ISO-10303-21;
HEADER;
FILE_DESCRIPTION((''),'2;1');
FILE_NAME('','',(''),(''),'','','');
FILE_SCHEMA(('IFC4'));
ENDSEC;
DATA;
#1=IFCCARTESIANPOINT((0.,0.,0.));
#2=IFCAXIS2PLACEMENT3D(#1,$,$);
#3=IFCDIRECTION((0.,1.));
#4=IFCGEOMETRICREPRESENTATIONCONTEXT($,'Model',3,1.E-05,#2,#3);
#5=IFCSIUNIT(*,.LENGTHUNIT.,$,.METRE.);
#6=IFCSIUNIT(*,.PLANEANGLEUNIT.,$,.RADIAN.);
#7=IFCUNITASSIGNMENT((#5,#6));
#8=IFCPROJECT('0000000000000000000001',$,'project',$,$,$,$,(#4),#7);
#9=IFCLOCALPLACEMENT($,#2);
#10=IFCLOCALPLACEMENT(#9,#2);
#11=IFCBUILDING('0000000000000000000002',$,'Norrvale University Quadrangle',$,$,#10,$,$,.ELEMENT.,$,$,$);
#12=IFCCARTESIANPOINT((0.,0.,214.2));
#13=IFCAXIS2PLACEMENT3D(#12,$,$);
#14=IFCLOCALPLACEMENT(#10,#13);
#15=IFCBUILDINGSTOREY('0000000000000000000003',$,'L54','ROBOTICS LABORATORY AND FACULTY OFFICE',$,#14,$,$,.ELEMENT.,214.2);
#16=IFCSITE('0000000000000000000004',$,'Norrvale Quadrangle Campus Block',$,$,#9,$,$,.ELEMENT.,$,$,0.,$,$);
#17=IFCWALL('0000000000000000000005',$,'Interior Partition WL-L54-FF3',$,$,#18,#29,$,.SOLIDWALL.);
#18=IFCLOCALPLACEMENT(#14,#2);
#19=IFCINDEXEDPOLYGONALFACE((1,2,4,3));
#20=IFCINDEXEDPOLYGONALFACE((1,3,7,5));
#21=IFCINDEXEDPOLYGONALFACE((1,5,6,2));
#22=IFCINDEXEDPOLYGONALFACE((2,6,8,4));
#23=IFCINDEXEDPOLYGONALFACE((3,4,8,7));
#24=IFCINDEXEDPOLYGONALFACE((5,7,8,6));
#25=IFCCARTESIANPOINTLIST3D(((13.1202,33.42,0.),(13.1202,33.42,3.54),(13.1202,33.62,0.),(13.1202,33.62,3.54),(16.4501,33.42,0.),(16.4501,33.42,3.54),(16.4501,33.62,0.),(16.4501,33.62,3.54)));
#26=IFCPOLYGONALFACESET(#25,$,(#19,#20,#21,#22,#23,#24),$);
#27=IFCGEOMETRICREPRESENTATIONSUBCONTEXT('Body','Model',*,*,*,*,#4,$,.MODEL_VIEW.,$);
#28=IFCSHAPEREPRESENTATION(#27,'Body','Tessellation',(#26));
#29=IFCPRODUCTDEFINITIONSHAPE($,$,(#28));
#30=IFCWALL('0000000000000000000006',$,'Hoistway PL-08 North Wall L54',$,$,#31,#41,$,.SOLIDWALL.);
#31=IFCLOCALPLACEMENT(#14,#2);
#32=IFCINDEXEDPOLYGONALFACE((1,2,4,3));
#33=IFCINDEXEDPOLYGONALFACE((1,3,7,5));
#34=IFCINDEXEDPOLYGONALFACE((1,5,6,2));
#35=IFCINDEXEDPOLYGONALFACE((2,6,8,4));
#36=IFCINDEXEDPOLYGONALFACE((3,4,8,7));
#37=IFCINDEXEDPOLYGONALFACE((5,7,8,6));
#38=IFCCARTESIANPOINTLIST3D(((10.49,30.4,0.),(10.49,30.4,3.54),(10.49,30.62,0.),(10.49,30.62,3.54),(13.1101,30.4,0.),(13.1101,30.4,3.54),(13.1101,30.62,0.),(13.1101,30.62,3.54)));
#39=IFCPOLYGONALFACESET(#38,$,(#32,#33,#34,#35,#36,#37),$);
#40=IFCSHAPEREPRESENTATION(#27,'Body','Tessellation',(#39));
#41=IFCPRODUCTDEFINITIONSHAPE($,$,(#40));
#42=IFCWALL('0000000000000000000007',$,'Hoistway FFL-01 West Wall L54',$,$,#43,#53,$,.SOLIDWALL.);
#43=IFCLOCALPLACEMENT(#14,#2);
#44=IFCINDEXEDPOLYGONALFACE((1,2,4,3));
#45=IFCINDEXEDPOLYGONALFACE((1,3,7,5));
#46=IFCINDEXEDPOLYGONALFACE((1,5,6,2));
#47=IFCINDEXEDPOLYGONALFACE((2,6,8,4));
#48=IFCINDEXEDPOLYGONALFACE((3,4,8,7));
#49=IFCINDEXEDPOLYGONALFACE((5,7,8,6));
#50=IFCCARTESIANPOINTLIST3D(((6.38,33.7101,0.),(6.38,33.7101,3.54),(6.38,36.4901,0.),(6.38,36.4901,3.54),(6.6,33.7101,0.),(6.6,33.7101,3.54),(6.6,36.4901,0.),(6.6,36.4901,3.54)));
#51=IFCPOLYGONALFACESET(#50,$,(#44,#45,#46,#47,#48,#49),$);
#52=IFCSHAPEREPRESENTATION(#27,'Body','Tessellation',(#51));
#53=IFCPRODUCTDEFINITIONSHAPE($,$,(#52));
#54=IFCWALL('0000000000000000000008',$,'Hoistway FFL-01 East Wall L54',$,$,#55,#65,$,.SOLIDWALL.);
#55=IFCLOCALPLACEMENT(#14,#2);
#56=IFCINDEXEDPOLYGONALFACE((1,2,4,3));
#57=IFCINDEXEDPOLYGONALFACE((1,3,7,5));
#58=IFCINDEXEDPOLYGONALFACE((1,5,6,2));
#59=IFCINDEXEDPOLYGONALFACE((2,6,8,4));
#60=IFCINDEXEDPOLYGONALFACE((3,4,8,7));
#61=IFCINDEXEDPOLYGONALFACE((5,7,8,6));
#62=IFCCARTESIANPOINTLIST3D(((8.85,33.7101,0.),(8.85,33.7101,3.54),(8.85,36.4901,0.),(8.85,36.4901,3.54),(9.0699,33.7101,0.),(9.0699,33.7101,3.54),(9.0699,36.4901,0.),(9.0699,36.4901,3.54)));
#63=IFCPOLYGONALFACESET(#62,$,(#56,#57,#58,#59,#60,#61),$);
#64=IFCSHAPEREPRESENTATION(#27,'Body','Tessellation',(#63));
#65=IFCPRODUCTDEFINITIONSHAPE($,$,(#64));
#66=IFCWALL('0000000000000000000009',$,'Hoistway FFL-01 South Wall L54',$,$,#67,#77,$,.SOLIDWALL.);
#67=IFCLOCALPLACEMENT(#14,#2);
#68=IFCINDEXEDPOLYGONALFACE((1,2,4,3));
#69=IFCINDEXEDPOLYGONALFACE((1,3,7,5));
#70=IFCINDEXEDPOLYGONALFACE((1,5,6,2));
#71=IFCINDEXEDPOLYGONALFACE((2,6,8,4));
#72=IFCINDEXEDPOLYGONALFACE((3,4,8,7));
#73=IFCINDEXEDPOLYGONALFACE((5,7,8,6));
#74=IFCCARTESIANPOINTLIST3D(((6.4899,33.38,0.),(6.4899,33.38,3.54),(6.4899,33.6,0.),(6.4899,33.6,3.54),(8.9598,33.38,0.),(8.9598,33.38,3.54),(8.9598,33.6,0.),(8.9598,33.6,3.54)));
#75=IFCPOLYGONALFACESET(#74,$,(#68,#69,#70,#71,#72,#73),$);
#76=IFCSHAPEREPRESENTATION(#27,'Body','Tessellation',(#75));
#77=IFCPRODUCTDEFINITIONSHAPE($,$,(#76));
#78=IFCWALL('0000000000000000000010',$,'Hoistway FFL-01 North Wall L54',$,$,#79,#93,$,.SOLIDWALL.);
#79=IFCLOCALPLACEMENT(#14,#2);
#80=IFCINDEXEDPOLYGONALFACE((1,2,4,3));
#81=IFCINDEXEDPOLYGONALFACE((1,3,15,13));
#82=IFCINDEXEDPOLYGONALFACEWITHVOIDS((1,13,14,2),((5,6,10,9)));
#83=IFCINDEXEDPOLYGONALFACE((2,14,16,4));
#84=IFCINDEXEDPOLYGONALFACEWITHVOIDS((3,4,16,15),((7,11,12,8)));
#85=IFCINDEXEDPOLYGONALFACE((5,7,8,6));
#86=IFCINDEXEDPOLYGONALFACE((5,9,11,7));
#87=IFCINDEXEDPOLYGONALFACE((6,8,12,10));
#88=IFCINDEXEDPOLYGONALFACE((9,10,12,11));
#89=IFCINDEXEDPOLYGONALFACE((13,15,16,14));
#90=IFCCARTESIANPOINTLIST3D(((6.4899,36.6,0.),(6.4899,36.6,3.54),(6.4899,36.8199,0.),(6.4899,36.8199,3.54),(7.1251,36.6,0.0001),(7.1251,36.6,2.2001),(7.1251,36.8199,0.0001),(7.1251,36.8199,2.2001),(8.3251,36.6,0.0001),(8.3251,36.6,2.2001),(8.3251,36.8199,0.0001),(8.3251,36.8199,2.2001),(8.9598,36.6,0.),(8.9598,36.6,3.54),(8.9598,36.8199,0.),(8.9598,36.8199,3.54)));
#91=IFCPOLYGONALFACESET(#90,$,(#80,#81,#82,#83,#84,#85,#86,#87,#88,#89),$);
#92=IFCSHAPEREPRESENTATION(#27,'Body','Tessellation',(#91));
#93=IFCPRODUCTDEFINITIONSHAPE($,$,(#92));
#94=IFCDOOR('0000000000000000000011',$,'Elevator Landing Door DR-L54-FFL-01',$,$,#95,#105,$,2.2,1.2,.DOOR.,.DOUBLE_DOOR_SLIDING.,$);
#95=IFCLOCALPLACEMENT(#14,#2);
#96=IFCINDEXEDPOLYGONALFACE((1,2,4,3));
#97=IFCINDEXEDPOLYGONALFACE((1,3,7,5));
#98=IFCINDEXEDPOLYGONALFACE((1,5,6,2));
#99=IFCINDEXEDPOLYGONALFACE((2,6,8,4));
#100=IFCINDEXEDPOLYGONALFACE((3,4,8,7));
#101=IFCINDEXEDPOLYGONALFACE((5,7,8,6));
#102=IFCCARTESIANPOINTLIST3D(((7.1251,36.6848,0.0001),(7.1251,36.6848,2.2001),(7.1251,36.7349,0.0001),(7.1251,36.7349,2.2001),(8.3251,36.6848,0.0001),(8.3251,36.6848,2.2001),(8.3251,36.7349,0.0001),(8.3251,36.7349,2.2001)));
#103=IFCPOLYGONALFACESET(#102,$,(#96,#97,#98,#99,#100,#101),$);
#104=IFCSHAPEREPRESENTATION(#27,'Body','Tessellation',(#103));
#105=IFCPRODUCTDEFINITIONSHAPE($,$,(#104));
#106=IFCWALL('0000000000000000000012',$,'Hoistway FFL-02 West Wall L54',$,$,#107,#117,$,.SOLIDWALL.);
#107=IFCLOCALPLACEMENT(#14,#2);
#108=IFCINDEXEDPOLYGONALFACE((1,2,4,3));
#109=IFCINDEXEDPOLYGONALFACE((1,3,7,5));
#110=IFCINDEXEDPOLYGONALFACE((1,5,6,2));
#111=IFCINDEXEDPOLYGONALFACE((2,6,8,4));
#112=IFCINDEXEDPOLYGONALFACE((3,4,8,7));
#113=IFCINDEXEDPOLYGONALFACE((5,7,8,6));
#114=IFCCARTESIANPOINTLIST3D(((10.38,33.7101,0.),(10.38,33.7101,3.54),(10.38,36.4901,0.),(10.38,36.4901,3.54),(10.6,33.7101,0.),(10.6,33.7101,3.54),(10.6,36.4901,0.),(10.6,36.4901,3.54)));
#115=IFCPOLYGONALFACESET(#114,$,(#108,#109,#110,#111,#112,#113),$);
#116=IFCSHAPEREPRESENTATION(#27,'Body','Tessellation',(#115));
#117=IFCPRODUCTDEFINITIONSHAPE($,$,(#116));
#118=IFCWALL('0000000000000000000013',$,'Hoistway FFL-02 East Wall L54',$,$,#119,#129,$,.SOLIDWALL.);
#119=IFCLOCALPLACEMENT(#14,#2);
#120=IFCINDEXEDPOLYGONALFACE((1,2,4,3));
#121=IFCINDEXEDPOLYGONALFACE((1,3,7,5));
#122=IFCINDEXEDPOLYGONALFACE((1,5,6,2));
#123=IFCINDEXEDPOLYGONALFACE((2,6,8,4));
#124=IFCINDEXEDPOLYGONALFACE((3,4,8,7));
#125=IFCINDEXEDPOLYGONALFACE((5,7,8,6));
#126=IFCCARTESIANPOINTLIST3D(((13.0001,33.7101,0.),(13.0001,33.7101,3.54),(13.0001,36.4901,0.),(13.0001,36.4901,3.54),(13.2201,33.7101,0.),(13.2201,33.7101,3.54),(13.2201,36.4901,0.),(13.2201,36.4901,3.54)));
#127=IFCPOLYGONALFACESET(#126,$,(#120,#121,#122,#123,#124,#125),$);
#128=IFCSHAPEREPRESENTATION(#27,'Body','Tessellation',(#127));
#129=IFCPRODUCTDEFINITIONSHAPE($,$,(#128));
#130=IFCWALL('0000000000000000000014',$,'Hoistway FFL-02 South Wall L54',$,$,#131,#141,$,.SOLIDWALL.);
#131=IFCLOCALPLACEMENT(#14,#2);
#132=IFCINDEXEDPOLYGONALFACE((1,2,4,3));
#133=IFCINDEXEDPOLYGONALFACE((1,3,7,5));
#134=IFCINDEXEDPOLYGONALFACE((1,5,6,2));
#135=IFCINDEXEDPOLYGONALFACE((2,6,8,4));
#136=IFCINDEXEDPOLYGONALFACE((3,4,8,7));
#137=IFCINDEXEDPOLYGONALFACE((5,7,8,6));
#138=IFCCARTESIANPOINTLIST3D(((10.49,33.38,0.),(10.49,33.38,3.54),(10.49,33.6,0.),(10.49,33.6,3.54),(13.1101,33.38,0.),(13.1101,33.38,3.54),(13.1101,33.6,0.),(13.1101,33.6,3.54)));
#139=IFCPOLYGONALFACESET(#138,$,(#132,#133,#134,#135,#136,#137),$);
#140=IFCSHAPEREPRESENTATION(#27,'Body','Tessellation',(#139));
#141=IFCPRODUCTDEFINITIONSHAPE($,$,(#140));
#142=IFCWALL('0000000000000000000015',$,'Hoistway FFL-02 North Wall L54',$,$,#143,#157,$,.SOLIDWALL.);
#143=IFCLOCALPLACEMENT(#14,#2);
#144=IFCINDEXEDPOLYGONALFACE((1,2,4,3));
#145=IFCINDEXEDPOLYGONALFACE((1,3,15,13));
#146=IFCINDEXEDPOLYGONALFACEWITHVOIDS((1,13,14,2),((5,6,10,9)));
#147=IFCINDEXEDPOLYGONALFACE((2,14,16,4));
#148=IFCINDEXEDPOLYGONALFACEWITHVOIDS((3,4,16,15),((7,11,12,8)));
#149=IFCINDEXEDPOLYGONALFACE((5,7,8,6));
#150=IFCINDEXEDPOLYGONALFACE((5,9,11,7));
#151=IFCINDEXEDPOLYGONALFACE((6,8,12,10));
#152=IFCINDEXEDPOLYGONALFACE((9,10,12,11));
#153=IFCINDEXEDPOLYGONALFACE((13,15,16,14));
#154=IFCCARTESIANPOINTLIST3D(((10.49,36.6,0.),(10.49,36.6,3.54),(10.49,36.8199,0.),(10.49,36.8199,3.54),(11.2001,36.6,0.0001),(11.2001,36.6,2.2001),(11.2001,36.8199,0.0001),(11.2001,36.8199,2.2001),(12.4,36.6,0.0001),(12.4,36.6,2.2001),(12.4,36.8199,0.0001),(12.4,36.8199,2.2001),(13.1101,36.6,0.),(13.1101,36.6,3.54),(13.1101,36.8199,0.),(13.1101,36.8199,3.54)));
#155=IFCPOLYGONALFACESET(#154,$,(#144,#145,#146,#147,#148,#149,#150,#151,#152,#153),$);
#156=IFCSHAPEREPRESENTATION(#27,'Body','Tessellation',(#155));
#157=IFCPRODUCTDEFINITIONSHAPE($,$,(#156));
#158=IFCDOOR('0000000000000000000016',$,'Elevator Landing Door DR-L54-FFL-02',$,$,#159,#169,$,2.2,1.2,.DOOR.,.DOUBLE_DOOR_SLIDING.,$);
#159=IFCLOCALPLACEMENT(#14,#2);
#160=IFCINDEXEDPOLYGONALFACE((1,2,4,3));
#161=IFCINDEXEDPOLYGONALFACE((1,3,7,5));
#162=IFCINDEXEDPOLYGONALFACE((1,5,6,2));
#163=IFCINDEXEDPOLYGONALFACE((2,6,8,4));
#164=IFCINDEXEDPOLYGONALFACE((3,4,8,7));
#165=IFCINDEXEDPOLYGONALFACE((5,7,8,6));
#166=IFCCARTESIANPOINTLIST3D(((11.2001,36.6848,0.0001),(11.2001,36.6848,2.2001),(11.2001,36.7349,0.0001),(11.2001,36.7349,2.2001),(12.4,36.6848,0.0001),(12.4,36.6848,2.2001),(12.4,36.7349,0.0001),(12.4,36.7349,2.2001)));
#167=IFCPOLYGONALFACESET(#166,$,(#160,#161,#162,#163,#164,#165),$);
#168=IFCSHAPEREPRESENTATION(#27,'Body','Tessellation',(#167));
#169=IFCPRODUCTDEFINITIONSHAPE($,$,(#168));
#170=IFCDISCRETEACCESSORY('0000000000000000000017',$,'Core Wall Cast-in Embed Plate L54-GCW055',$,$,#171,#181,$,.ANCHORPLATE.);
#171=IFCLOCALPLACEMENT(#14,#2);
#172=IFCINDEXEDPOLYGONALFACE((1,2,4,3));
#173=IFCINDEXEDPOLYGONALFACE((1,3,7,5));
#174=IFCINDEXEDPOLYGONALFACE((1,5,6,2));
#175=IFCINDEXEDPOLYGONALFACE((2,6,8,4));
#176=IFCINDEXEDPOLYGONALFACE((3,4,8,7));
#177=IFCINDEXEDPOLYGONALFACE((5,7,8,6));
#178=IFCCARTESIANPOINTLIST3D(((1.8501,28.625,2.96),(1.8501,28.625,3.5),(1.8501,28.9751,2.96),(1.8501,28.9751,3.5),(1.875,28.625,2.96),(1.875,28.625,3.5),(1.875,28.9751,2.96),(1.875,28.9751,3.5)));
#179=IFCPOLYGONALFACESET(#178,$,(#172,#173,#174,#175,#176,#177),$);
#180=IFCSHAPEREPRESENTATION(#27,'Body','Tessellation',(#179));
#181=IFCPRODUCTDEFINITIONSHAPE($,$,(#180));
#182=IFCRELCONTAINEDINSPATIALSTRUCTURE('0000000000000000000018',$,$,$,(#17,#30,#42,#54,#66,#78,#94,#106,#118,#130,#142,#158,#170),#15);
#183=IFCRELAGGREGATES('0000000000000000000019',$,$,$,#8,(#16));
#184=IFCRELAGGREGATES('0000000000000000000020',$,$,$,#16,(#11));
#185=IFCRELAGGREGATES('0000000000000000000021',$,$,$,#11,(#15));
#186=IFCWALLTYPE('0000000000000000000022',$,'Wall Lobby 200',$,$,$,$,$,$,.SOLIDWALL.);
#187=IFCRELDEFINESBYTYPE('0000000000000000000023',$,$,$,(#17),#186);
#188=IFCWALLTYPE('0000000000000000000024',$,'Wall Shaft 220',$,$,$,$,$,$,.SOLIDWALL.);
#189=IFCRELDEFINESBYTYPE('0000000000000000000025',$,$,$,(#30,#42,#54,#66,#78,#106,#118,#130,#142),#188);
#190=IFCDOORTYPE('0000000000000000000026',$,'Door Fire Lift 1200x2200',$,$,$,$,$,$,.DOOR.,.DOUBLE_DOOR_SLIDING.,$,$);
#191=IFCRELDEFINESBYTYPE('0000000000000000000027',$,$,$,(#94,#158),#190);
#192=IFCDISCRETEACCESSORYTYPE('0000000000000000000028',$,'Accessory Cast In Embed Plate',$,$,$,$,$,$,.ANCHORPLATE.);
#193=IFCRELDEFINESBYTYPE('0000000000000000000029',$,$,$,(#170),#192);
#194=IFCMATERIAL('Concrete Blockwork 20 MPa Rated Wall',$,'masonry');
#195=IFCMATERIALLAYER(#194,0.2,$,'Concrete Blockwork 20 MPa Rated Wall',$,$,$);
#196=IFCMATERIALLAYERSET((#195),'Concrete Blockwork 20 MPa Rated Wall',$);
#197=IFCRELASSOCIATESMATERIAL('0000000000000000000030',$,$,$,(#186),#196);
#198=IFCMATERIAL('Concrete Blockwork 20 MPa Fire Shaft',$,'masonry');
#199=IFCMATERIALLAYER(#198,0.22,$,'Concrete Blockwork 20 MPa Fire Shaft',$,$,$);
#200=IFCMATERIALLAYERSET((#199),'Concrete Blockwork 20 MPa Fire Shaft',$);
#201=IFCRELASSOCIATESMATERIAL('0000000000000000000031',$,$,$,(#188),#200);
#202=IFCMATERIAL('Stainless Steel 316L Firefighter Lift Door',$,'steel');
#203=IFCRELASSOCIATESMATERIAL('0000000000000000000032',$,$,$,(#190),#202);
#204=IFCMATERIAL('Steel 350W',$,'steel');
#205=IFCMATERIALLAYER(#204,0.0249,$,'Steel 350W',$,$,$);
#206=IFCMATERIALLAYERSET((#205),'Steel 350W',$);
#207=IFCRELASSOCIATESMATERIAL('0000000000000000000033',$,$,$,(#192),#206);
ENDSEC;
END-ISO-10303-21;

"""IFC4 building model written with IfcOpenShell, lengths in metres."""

from ifc_helpers import new_model, si_unit, direction, frame, frame_2d, origin, origin_2d, place, context, subcontext, project, spatial, rectangle, extrude, material, layer, layer_set, type_object, element, fill, save


model = new_model("IFC4")

# Units and contexts
model_context = context("Model", 3, precision=1e-05, world=origin(), true_north=direction((0.0, 1.0)))
body_context = subcontext(model_context, "Body", "Model", "MODEL_VIEW")
ifc_project = project(units=[si_unit("LENGTHUNIT", "METRE"), si_unit("PLANEANGLEUNIT", "RADIAN")], contexts=[model_context])

# Site, building, storey
site_placement = place(None, origin())
site = spatial("IfcSite", under=ifc_project, at=site_placement, Name="Norrvale Quadrangle Campus Block", CompositionType="ELEMENT", RefElevation=0.0)
building_placement = place(site_placement, origin())
building = spatial("IfcBuilding", under=site, at=building_placement, Name="Norrvale University Quadrangle", CompositionType="ELEMENT")
storey_placement = place(building_placement, frame((0.0, 0.0, 214.2)))
storey = spatial("IfcBuildingStorey", under=building, at=storey_placement, Name="L54", Description="ROBOTICS LABORATORY AND FACULTY OFFICE", CompositionType="ELEMENT", Elevation=214.2)

# Shared definitions
ifc_material_1 = material(Name="Steel 350W", Category="steel")

# Walls
ifc_material_2 = material(Name="Concrete Blockwork 20 MPa Rated Wall", Category="masonry")
ifc_layer_1 = layer(ifc_material_2, 0.2, Name="Concrete Blockwork 20 MPa Rated Wall")
ifc_layer_set_1 = layer_set([ifc_layer_1], Name="Concrete Blockwork 20 MPa Rated Wall")
wall_type_1 = type_object("IfcWallType", Name="Wall Lobby 200", PredefinedType="SOLIDWALL", material=ifc_layer_set_1)
wall_1_placement = place(storey_placement, frame((13.1201, 33.52, 0.0), z_axis=(0.0, 0.0, 1.0), x_axis=(1.0, 0.0, 0.0)))
element("IfcWall", 1, at=wall_1_placement, inside=storey, type_object=wall_type_1, Name="Interior Partition WL-L54-FF3", PredefinedType="SOLIDWALL", context=body_context, shape_type="SweptSolid", body=[
    extrude(rectangle(XDim=3.3298, YDim=0.2, at=frame_2d((1.665, 0.0))), origin(), (0.0, 0.0, 1.0), 3.54),
])
ifc_material_3 = material(Name="Concrete Blockwork 20 MPa Fire Shaft", Category="masonry")
ifc_layer_2 = layer(ifc_material_3, 0.22, Name="Concrete Blockwork 20 MPa Fire Shaft")
ifc_layer_set_2 = layer_set([ifc_layer_2], Name="Concrete Blockwork 20 MPa Fire Shaft")
wall_type_2 = type_object("IfcWallType", Name="Wall Shaft 220", PredefinedType="SOLIDWALL", material=ifc_layer_set_2)
wall_2_placement = place(storey_placement, frame((10.49, 30.51, 0.0), z_axis=(0.0, 0.0, 1.0), x_axis=(1.0, 0.0, 0.0)))
element("IfcWall", 2, at=wall_2_placement, inside=storey, type_object=wall_type_2, Name="Hoistway PL-08 North Wall L54", PredefinedType="SOLIDWALL", context=body_context, shape_type="SweptSolid", body=[
    extrude(rectangle(XDim=2.6201, YDim=0.22, at=frame_2d((1.3101, 0.0))), origin(), (0.0, 0.0, 1.0), 3.54),
])
for number, where, z_axis, x_axis, name in (
    (3, (6.49, 33.71, 0.0), (0.0, 0.0, 1.0), (0.0, 1.0, 0.0), "Hoistway FFL-01 West Wall L54"),
    (4, (8.96, 33.71, 0.0), (0.0, 0.0, 1.0), (0.0, 1.0, 0.0), "Hoistway FFL-01 East Wall L54"),
):
    element("IfcWall", number, at=place(storey_placement, frame(where, z_axis=z_axis, x_axis=x_axis)), inside=storey, type_object=wall_type_2, Name=name, PredefinedType="SOLIDWALL", context=body_context, shape_type="SweptSolid", body=[
        extrude(rectangle(XDim=2.78, YDim=0.22, at=frame_2d((1.3901, 0.0))), origin(), (0.0, 0.0, 1.0), 3.54),
    ])
wall_3_placement = place(storey_placement, frame((6.49, 33.49, 0.0), z_axis=(0.0, 0.0, 1.0), x_axis=(1.0, 0.0, 0.0)))
element("IfcWall", 5, at=wall_3_placement, inside=storey, type_object=wall_type_2, Name="Hoistway FFL-01 South Wall L54", PredefinedType="SOLIDWALL", context=body_context, shape_type="SweptSolid", body=[
    extrude(rectangle(XDim=2.47, YDim=0.22, at=frame_2d((1.2349, 0.0))), origin(), (0.0, 0.0, 1.0), 3.54),
])

# Wall, opening, door
wall_4_placement = place(storey_placement, frame((6.49, 36.71, 0.0), z_axis=(0.0, 0.0, 1.0), x_axis=(1.0, 0.0, 0.0)))
wall_4 = element("IfcWall", 6, at=wall_4_placement, inside=storey, type_object=wall_type_2, Name="Hoistway FFL-01 North Wall L54", PredefinedType="SOLIDWALL", context=body_context, shape_type="SweptSolid", body=[
    extrude(rectangle(XDim=2.47, YDim=0.22, at=frame_2d((1.2349, 0.0))), origin(), (0.0, 0.0, 1.0), 3.54),
])
opening_1_placement = place(wall_4_placement, frame((0.635, 0.0, 0.0)))
opening_1 = element("IfcOpeningElement", 7, at=opening_1_placement, cuts=wall_4, PredefinedType="OPENING", context=body_context, shape_type="SweptSolid", body=[
    extrude(rectangle(XDim=1.2, YDim=2.2, at=frame_2d((0.6001, 1.1001))), frame((0.0, 0.1221, 0.0), z_axis=(0.0, -1.0, 0.0), x_axis=(1.0, 0.0, 0.0)), (0.0, 0.0, 1.0), 0.2439),
])
ifc_material_4 = material(Name="Stainless Steel 316L Firefighter Lift Door", Category="steel")
door_type = type_object("IfcDoorType", Name="Door Fire Lift 1200x2200", OperationType="DOUBLE_DOOR_SLIDING", PredefinedType="DOOR", material=ifc_material_4)
door_1_placement = place(opening_1_placement, origin())
door_1 = element("IfcDoor", 8, at=door_1_placement, inside=storey, type_object=door_type, Name="Elevator Landing Door DR-L54-FFL-01", OperationType="DOUBLE_DOOR_SLIDING", OverallHeight=2.2, OverallWidth=1.2, PredefinedType="DOOR", context=body_context, shape_type="SweptSolid", body=[
    extrude(rectangle(XDim=1.2, YDim=2.2, at=frame_2d((0.6001, 1.1001))), frame((0.0, 0.0249, 0.0), z_axis=(0.0, -1.0, 0.0), x_axis=(1.0, 0.0, 0.0)), (0.0, 0.0, 1.0), 0.05),
])
fill(opening_1, door_1)

# Walls
for number, where, z_axis, x_axis, name in (
    (9, (10.49, 33.71, 0.0), (0.0, 0.0, 1.0), (0.0, 1.0, 0.0), "Hoistway FFL-02 West Wall L54"),
    (10, (13.1101, 33.71, 0.0), (0.0, 0.0, 1.0), (0.0, 1.0, 0.0), "Hoistway FFL-02 East Wall L54"),
):
    element("IfcWall", number, at=place(storey_placement, frame(where, z_axis=z_axis, x_axis=x_axis)), inside=storey, type_object=wall_type_2, Name=name, PredefinedType="SOLIDWALL", context=body_context, shape_type="SweptSolid", body=[
        extrude(rectangle(XDim=2.78, YDim=0.22, at=frame_2d((1.3901, 0.0))), origin(), (0.0, 0.0, 1.0), 3.54),
    ])
wall_5_placement = place(storey_placement, frame((10.49, 33.49, 0.0), z_axis=(0.0, 0.0, 1.0), x_axis=(1.0, 0.0, 0.0)))
element("IfcWall", 11, at=wall_5_placement, inside=storey, type_object=wall_type_2, Name="Hoistway FFL-02 South Wall L54", PredefinedType="SOLIDWALL", context=body_context, shape_type="SweptSolid", body=[
    extrude(rectangle(XDim=2.6201, YDim=0.22, at=frame_2d((1.3101, 0.0))), origin(), (0.0, 0.0, 1.0), 3.54),
])

# Wall, opening, door
wall_6_placement = place(storey_placement, frame((10.49, 36.71, 0.0), z_axis=(0.0, 0.0, 1.0), x_axis=(1.0, 0.0, 0.0)))
wall_6 = element("IfcWall", 12, at=wall_6_placement, inside=storey, type_object=wall_type_2, Name="Hoistway FFL-02 North Wall L54", PredefinedType="SOLIDWALL", context=body_context, shape_type="SweptSolid", body=[
    extrude(rectangle(XDim=2.6201, YDim=0.22, at=frame_2d((1.3101, 0.0))), origin(), (0.0, 0.0, 1.0), 3.54),
])
opening_2_placement = place(wall_6_placement, frame((0.71, 0.0, 0.0)))
opening_2 = element("IfcOpeningElement", 13, at=opening_2_placement, cuts=wall_6, PredefinedType="OPENING", context=body_context, shape_type="SweptSolid", body=[
    extrude(rectangle(XDim=1.2, YDim=2.2, at=frame_2d((0.6001, 1.1001))), frame((0.0, 0.1221, 0.0), z_axis=(0.0, -1.0, 0.0), x_axis=(1.0, 0.0, 0.0)), (0.0, 0.0, 1.0), 0.2439),
])
door_2_placement = place(opening_2_placement, origin())
door_2 = element("IfcDoor", 14, at=door_2_placement, inside=storey, type_object=door_type, Name="Elevator Landing Door DR-L54-FFL-02", OperationType="DOUBLE_DOOR_SLIDING", OverallHeight=2.2, OverallWidth=1.2, PredefinedType="DOOR", context=body_context, shape_type="SweptSolid", body=[
    extrude(rectangle(XDim=1.2, YDim=2.2, at=frame_2d((0.6001, 1.1001))), frame((0.0, 0.0249, 0.0), z_axis=(0.0, -1.0, 0.0), x_axis=(1.0, 0.0, 0.0)), (0.0, 0.0, 1.0), 0.05),
])
fill(opening_2, door_2)

# Discrete accessory
ifc_layer_3 = layer(ifc_material_1, 0.0249, Name="Steel 350W")
ifc_layer_set_3 = layer_set([ifc_layer_3], Name="Steel 350W")
discrete_accessory_type = type_object("IfcDiscreteAccessoryType", Name="Accessory Cast In Embed Plate", PredefinedType="ANCHORPLATE", material=ifc_layer_set_3)
discrete_accessory_placement = place(storey_placement, frame((1.8625, 28.8, 2.96), z_axis=(0.0, 0.0, 1.0), x_axis=(1.0, 0.0, 0.0)))
element("IfcDiscreteAccessory", 15, at=discrete_accessory_placement, inside=storey, type_object=discrete_accessory_type, Name="Core Wall Cast-in Embed Plate L54-GCW055", PredefinedType="ANCHORPLATE", context=body_context, shape_type="SweptSolid", body=[
    extrude(rectangle(XDim=0.0249, YDim=0.3501, at=origin_2d()), origin(), (0.0, 0.0, 1.0), 0.54),
])

save(model, "model.ifc")
